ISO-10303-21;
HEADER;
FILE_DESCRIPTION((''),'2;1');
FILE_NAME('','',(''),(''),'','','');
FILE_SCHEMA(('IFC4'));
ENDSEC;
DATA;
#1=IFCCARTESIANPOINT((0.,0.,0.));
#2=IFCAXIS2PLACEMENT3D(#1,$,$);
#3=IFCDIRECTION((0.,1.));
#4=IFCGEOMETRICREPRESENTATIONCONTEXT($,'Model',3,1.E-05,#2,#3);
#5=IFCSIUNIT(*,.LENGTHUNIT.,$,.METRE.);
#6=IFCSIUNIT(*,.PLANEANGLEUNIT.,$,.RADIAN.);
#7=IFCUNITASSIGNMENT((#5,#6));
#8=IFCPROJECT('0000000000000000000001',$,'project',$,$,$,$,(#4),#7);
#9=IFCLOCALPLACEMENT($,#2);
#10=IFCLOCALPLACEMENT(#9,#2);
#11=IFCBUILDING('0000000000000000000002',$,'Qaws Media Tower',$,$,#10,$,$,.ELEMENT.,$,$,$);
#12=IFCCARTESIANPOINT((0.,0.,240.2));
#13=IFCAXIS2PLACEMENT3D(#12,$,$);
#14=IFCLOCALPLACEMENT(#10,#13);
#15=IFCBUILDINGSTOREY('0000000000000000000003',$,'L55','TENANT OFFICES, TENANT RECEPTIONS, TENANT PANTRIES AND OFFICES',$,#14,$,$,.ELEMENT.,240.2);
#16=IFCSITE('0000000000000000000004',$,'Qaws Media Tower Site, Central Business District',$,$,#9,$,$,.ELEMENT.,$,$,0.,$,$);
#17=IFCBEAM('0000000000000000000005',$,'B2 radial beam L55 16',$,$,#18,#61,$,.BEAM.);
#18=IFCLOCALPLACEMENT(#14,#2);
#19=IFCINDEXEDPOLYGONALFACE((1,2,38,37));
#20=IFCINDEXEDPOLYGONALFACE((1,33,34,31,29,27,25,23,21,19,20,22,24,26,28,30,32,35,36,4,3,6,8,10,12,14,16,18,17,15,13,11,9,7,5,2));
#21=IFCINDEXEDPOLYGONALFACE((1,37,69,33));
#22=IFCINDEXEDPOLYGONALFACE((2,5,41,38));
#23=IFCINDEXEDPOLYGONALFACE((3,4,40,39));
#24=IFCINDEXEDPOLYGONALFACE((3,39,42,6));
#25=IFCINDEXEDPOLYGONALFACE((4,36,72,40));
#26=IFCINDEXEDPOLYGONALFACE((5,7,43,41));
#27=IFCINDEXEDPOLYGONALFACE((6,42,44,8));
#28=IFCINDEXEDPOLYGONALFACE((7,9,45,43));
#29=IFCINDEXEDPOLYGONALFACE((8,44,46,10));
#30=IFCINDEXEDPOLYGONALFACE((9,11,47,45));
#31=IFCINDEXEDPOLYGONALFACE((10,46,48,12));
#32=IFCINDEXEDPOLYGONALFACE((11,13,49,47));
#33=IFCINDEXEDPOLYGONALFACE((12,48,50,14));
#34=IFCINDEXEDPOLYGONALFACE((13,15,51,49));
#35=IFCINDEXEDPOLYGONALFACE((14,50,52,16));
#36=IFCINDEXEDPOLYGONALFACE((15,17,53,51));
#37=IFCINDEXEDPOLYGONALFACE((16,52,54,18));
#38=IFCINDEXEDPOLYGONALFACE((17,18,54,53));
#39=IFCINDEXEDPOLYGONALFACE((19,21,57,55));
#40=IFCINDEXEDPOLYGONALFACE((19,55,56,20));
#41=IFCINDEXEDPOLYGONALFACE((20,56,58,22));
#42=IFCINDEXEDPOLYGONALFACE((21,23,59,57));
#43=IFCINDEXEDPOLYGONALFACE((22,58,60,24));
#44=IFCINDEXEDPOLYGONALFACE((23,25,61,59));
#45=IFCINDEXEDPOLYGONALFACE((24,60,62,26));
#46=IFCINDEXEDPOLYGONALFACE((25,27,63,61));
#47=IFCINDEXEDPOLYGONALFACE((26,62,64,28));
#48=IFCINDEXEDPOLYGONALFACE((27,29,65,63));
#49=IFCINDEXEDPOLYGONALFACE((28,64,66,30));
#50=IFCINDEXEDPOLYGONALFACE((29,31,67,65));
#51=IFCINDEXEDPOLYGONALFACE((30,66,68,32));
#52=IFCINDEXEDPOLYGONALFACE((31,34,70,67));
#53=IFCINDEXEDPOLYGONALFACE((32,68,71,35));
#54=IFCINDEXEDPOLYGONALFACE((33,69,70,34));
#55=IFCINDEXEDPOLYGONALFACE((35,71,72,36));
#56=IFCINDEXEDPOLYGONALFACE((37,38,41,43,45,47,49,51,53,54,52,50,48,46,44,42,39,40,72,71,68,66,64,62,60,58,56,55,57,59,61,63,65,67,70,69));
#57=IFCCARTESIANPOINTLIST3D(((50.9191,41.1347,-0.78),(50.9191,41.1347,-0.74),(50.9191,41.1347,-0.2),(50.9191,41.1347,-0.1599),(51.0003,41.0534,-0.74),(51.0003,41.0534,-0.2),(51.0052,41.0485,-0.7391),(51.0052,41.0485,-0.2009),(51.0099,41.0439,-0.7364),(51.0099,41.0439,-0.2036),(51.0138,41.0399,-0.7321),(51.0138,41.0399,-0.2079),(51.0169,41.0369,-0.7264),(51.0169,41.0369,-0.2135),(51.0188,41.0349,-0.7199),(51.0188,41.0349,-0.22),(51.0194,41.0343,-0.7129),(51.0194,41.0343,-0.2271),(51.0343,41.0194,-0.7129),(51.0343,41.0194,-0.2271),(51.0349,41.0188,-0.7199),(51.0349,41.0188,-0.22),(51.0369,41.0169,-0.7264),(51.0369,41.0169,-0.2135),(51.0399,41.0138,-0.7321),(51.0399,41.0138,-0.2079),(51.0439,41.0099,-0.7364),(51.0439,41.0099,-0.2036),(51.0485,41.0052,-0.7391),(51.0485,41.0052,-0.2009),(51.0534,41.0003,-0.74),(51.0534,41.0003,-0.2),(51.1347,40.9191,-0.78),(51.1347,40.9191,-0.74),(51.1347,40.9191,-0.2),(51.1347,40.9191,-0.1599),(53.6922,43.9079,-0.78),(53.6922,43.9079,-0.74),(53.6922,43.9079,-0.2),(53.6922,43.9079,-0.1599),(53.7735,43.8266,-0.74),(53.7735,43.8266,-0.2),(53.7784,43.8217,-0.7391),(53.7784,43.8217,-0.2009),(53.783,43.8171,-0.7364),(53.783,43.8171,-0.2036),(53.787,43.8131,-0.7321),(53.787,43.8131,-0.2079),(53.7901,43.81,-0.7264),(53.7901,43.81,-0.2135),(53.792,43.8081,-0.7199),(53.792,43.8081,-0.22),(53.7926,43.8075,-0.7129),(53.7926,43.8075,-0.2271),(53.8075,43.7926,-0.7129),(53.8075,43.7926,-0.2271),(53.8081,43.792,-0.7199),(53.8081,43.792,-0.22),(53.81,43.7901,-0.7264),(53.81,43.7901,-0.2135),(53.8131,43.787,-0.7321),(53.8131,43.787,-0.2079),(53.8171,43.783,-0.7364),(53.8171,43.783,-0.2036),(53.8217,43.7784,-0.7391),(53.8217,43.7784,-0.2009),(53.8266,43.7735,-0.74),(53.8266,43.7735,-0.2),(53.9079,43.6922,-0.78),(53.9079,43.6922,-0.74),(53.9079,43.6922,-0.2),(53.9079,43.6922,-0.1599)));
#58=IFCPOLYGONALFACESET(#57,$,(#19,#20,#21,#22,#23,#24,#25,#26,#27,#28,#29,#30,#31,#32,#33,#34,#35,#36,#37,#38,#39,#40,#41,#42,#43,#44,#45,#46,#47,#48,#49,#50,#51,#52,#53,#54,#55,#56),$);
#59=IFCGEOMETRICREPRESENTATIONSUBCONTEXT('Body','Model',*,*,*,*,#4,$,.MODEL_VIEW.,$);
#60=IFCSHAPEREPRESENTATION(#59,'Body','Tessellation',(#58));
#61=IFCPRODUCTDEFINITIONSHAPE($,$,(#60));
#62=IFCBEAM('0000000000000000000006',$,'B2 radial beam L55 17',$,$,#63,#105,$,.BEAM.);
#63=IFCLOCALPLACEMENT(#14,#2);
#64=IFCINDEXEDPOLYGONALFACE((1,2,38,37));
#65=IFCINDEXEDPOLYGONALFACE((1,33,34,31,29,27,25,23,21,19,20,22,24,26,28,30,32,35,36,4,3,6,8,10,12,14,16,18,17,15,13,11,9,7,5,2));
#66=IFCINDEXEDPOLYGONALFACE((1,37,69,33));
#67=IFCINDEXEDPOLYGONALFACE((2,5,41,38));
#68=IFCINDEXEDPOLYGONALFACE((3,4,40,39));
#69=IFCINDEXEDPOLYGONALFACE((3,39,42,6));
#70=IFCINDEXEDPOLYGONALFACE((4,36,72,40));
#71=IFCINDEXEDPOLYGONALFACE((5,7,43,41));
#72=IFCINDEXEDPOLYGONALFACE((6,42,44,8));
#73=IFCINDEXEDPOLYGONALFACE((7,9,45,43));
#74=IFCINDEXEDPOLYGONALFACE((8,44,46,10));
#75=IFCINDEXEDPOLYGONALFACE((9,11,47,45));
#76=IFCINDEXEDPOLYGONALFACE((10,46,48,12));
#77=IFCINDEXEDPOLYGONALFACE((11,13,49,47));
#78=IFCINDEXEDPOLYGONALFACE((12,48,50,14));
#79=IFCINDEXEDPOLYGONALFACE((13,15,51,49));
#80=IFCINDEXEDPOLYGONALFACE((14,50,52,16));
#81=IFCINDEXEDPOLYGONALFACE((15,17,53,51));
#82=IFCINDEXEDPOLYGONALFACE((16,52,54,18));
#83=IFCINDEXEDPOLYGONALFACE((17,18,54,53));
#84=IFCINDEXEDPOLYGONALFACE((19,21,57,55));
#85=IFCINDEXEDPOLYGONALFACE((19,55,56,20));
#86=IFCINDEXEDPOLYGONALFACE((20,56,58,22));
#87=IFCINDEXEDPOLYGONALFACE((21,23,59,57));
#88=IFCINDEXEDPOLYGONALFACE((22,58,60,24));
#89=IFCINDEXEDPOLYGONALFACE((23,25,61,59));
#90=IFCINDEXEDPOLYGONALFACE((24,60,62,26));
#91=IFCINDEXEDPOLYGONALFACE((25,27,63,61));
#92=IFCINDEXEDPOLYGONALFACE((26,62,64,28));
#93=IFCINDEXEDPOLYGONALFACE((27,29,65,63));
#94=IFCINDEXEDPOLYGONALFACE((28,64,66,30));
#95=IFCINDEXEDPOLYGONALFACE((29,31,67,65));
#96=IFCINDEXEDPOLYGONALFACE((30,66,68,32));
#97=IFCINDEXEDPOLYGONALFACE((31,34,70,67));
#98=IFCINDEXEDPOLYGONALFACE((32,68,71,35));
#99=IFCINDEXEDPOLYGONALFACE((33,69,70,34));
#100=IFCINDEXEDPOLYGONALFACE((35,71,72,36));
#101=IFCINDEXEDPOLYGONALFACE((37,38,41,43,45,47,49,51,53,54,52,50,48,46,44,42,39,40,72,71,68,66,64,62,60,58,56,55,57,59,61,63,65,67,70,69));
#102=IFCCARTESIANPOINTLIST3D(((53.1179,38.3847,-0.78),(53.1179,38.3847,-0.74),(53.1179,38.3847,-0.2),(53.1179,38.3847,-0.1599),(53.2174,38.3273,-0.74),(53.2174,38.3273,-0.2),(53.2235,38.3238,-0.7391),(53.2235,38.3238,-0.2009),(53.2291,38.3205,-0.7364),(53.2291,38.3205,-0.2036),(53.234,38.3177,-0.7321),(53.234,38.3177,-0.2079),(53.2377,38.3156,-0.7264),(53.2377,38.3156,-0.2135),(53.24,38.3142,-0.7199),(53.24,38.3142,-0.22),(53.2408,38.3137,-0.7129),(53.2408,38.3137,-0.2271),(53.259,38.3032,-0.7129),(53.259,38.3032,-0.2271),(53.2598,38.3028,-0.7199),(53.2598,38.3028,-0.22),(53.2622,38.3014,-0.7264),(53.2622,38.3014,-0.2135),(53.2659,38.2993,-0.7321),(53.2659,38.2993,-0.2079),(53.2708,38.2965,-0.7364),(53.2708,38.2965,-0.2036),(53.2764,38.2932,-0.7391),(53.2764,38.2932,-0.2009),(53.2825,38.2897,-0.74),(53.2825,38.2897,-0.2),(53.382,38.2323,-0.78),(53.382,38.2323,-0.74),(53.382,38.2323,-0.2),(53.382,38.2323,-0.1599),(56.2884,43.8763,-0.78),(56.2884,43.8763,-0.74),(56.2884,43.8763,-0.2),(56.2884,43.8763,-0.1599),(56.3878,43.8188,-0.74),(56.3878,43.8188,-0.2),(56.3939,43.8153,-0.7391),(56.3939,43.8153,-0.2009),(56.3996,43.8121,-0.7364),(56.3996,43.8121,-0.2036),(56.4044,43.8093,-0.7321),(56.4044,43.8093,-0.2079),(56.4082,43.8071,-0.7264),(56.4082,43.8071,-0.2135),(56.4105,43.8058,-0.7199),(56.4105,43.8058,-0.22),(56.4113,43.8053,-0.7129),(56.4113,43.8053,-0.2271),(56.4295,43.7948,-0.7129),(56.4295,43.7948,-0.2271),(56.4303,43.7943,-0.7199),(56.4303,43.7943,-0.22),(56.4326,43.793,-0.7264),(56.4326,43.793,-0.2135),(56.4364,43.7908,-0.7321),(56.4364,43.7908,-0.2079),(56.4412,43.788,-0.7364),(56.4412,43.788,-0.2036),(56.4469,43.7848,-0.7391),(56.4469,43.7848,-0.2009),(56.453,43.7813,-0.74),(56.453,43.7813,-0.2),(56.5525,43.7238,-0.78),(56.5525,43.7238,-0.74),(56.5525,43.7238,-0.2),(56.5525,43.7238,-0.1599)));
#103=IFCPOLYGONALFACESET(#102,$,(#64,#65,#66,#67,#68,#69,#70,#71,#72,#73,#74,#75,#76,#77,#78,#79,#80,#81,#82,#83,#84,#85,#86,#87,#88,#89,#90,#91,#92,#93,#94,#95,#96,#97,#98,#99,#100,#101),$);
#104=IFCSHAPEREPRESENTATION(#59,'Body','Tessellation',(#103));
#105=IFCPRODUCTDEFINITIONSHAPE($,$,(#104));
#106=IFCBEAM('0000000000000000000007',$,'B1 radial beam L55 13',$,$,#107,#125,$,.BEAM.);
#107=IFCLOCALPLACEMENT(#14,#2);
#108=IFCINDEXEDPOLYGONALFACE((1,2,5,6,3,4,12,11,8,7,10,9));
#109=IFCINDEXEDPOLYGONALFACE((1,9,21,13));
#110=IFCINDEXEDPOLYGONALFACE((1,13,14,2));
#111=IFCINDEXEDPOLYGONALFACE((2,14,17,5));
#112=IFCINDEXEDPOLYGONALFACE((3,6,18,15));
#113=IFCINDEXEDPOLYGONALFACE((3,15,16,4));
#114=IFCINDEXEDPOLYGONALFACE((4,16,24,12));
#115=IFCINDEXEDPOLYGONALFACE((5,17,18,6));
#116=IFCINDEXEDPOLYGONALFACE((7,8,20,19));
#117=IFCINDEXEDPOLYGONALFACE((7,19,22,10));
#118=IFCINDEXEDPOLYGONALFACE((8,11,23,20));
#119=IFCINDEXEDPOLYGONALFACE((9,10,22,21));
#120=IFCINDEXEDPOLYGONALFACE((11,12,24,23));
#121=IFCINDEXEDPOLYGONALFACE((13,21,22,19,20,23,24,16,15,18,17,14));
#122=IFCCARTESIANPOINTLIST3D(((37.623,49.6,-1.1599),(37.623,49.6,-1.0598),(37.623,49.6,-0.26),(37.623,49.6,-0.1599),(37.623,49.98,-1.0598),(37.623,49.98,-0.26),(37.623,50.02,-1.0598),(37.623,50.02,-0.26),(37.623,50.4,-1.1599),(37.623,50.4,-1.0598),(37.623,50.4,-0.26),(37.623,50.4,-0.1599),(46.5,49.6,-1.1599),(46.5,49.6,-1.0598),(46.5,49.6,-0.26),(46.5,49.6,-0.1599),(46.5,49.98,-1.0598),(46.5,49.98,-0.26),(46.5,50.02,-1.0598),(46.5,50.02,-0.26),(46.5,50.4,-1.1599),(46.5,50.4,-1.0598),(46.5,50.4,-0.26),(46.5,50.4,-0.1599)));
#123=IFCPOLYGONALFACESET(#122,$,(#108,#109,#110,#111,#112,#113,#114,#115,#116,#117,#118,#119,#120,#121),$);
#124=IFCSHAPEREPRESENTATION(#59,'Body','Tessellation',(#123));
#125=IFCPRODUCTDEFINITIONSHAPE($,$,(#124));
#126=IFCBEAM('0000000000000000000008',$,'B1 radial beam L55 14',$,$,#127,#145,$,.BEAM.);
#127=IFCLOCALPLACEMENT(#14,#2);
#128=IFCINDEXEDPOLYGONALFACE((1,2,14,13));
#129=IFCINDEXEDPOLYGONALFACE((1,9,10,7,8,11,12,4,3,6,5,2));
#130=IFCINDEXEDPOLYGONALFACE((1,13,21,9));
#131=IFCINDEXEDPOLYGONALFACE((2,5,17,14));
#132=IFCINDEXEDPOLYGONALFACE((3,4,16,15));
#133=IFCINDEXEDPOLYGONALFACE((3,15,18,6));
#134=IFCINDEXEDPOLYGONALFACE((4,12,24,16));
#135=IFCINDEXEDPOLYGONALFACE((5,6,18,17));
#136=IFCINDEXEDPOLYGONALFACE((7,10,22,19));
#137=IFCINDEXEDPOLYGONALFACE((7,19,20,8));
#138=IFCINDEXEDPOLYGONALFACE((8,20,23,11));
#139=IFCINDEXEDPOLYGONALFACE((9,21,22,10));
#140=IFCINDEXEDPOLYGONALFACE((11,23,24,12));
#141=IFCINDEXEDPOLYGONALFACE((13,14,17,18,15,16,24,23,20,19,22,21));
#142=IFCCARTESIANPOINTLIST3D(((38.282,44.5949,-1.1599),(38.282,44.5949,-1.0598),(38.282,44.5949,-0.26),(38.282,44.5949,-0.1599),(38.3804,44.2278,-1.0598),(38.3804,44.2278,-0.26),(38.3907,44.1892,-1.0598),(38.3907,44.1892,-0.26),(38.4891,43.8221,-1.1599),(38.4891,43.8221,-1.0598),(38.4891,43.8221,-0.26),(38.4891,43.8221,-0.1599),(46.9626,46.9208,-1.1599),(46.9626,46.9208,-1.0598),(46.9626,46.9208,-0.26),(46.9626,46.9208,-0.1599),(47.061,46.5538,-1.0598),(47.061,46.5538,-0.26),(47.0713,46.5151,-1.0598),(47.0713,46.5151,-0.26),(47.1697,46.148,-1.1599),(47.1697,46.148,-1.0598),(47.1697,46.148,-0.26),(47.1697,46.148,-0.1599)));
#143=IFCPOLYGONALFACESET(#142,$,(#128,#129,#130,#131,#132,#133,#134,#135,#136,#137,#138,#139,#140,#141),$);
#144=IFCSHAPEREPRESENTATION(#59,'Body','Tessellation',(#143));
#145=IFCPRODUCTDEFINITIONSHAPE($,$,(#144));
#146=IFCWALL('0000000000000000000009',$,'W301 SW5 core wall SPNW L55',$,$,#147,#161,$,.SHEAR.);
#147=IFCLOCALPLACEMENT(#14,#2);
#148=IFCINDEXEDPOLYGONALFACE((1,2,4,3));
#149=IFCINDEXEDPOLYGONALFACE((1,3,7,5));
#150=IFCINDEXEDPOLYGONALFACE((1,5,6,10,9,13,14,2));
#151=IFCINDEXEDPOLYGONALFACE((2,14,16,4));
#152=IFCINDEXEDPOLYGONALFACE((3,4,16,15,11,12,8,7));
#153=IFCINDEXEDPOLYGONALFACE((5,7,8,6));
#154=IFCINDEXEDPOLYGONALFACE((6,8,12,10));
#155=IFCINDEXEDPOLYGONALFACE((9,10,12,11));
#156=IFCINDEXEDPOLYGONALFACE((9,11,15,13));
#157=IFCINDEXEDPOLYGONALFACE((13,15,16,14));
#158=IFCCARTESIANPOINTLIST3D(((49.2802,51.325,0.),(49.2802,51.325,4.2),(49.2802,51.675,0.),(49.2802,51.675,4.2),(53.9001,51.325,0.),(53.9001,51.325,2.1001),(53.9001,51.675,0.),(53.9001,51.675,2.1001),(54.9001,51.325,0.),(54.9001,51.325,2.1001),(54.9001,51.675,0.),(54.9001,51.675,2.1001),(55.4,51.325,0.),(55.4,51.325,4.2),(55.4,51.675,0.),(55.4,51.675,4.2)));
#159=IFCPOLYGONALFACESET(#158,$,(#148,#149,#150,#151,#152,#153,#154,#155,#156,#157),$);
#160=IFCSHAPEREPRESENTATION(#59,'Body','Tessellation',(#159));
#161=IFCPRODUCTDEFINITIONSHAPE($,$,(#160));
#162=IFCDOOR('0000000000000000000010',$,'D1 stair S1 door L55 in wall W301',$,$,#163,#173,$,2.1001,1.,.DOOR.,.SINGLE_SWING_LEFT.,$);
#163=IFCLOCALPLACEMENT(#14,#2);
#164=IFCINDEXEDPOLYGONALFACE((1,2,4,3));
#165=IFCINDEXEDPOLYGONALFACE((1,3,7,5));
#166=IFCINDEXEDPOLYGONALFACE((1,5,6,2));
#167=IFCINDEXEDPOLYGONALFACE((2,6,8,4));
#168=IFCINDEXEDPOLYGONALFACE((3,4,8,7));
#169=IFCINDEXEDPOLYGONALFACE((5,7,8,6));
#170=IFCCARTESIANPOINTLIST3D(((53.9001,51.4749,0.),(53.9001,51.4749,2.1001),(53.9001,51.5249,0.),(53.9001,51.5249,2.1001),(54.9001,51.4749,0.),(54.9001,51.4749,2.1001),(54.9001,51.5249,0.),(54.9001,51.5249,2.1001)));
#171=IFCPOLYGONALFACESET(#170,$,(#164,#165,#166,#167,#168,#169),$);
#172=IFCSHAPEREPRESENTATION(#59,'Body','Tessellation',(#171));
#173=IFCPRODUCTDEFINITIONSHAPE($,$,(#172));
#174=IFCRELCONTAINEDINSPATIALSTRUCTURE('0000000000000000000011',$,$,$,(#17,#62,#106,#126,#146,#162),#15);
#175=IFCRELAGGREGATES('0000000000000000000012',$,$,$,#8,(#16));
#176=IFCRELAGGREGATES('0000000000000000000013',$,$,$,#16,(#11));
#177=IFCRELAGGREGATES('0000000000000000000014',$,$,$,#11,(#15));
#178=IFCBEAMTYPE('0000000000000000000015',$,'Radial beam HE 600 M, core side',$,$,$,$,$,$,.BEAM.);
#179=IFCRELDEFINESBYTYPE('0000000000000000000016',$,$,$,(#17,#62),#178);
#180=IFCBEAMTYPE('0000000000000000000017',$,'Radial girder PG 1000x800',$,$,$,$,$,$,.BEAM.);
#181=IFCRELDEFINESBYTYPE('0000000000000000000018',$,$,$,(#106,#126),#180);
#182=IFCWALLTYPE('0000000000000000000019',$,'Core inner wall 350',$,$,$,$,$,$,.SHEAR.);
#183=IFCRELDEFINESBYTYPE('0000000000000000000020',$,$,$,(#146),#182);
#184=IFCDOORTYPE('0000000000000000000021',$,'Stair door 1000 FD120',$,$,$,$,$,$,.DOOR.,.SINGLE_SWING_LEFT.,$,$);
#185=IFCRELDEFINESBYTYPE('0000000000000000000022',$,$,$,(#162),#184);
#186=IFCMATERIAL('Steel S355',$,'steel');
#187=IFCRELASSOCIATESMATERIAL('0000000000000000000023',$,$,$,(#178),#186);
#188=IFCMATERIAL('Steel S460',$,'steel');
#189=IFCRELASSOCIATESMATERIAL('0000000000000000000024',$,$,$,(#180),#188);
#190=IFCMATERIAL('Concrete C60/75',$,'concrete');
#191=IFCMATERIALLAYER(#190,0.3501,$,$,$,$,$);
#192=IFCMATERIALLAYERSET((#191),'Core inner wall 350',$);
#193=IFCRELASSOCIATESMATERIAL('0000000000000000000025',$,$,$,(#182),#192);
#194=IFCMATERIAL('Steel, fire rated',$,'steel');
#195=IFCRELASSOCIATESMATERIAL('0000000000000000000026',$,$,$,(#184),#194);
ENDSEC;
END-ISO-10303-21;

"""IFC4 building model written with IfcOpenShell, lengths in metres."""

from ifc_helpers import new_model, si_unit, direction, frame, frame_2d, origin, origin_2d, place, context, subcontext, project, spatial, rectangle, i_section, extrude, material, layer, layer_set, material_profile, profile_set, type_object, element, fill, save


model = new_model("IFC4")

# Units and contexts
model_context = context("Model", 3, precision=1e-05, world=origin(), true_north=direction((0.0, 1.0)))
body_context = subcontext(model_context, "Body", "Model", "MODEL_VIEW")
ifc_project = project(units=[si_unit("LENGTHUNIT", "METRE"), si_unit("PLANEANGLEUNIT", "RADIAN")], contexts=[model_context])

# Site, building, storey
site_placement = place(None, origin())
site = spatial("IfcSite", under=ifc_project, at=site_placement, Name="Qaws Media Tower Site, Central Business District", CompositionType="ELEMENT", RefElevation=0.0)
building_placement = place(site_placement, origin())
building = spatial("IfcBuilding", under=site, at=building_placement, Name="Qaws Media Tower", CompositionType="ELEMENT")
storey_placement = place(building_placement, frame((0.0, 0.0, 240.2)))
storey = spatial("IfcBuildingStorey", under=building, at=storey_placement, Name="L55", Description="TENANT OFFICES, TENANT RECEPTIONS, TENANT PANTRIES AND OFFICES", CompositionType="ELEMENT", Elevation=240.2)

# Beams
ifc_material_1 = material(Name="Steel S355", Category="steel")
ifc_material_profile_1 = material_profile(ifc_material_1, i_section(OverallWidth=0.3049, OverallDepth=0.6201, WebThickness=0.021, FlangeThickness=0.04, FilletRadius=0.0271, at=origin_2d()), Name="HE 600 M")
ifc_profile_set_1 = profile_set([ifc_material_profile_1], Name="Steel S355")
beam_type_1 = type_object("IfcBeamType", Name="Radial beam HE 600 M, core side", PredefinedType="BEAM", material=ifc_profile_set_1)
beam_1_placement = place(storey_placement, frame((53.8, 43.8, -0.47), z_axis=(-0.707107, -0.707107, 0.0), x_axis=(0.707107, -0.707107, 0.0)))
element("IfcBeam", 1, at=beam_1_placement, inside=storey, type_object=beam_type_1, Name="B2 radial beam L55 16", PredefinedType="BEAM", context=body_context, shape_type="SweptSolid", body=[
    extrude(i_section(OverallWidth=0.3049, OverallDepth=0.6201, WebThickness=0.021, FlangeThickness=0.04, FilletRadius=0.0271, at=origin_2d()), origin(), (0.0, 0.0, 1.0), 3.9219),
])
beam_2_placement = place(storey_placement, frame((56.4204, 43.8, -0.47), z_axis=(-0.49999, -0.866031, 0.0), x_axis=(0.866031, -0.49999, 0.0)))
element("IfcBeam", 2, at=beam_2_placement, inside=storey, type_object=beam_type_1, Name="B2 radial beam L55 17", PredefinedType="BEAM", context=body_context, shape_type="SweptSolid", body=[
    extrude(i_section(OverallWidth=0.3049, OverallDepth=0.6201, WebThickness=0.021, FlangeThickness=0.04, FilletRadius=0.0271, at=origin_2d()), origin(), (0.0, 0.0, 1.0), 6.3411),
])
ifc_material_2 = material(Name="Steel S460", Category="steel")
ifc_material_profile_2 = material_profile(ifc_material_2, i_section(OverallWidth=0.8, OverallDepth=1.0, WebThickness=0.04, FlangeThickness=0.1001, at=origin_2d()), Name="PG 1000x800")
ifc_profile_set_2 = profile_set([ifc_material_profile_2], Name="Steel S460")
beam_type_2 = type_object("IfcBeamType", Name="Radial girder PG 1000x800", PredefinedType="BEAM", material=ifc_profile_set_2)
beam_3_placement = place(storey_placement, frame((46.5, 50.0, -0.6599), z_axis=(-1.0, 0.0, 0.0), x_axis=(0.0, -1.0, 0.0)))
element("IfcBeam", 3, at=beam_3_placement, inside=storey, type_object=beam_type_2, Name="B1 radial beam L55 13", PredefinedType="BEAM", context=body_context, shape_type="SweptSolid", body=[
    extrude(i_section(OverallWidth=0.8, OverallDepth=1.0, WebThickness=0.04, FlangeThickness=0.1001, at=origin_2d()), origin(), (0.0, 0.0, 1.0), 8.877),
])
beam_4_placement = place(storey_placement, frame((47.0662, 46.5344, -0.6599), z_axis=(-0.965927, -0.258814, 0.0), x_axis=(0.258814, -0.965927, 0.0)))
element("IfcBeam", 4, at=beam_4_placement, inside=storey, type_object=beam_type_2, Name="B1 radial beam L55 14", PredefinedType="BEAM", context=body_context, shape_type="SweptSolid", body=[
    extrude(i_section(OverallWidth=0.8, OverallDepth=1.0, WebThickness=0.04, FlangeThickness=0.1001, at=origin_2d()), origin(), (0.0, 0.0, 1.0), 8.9868),
])

# Wall, opening, door
ifc_material_3 = material(Name="Concrete C60/75", Category="concrete")
ifc_layer_1 = layer(ifc_material_3, 0.3501)
ifc_layer_set_1 = layer_set([ifc_layer_1], Name="Core inner wall 350")
wall_type_1 = type_object("IfcWallType", Name="Core inner wall 350", PredefinedType="SHEAR", material=ifc_layer_set_1)
wall_1_placement = place(storey_placement, frame((49.28, 51.5, 0.0), z_axis=(0.0, 0.0, 1.0), x_axis=(1.0, 0.0, 0.0)))
wall_1 = element("IfcWall", 5, at=wall_1_placement, inside=storey, type_object=wall_type_1, Name="W301 SW5 core wall SPNW L55", PredefinedType="SHEAR", context=body_context, shape_type="SweptSolid", body=[
    extrude(rectangle(XDim=6.1199, YDim=0.3501, at=frame_2d((3.0601, 0.0))), origin(), (0.0, 0.0, 1.0), 4.2),
])
opening_1_placement = place(wall_1_placement, frame((4.6201, 0.0, 0.0)))
opening_1 = element("IfcOpeningElement", 6, at=opening_1_placement, cuts=wall_1, PredefinedType="OPENING", context=body_context, shape_type="SweptSolid", body=[
    extrude(rectangle(XDim=1.0, YDim=2.1001, at=frame_2d((0.5, 1.05))), frame((0.0, 0.1851, 0.0), z_axis=(0.0, -1.0, 0.0), x_axis=(1.0, 0.0, 0.0)), (0.0, 0.0, 1.0), 0.3701),
])
ifc_material_4 = material(Name="Steel, fire rated", Category="steel")
door_type_1 = type_object("IfcDoorType", Name="Stair door 1000 FD120", OperationType="SINGLE_SWING_LEFT", PredefinedType="DOOR", material=ifc_material_4)
door_1_placement = place(opening_1_placement, origin())
door_1 = element("IfcDoor", 7, at=door_1_placement, inside=storey, type_object=door_type_1, Name="D1 stair S1 door L55 in wall W301", OperationType="SINGLE_SWING_LEFT", OverallHeight=2.1001, OverallWidth=1.0, PredefinedType="DOOR", context=body_context, shape_type="SweptSolid", body=[
    extrude(rectangle(XDim=1.0, YDim=2.1001, at=frame_2d((0.5, 1.05))), frame((0.0, 0.0249, 0.0), z_axis=(0.0, -1.0, 0.0), x_axis=(1.0, 0.0, 0.0)), (0.0, 0.0, 1.0), 0.05),
])
fill(opening_1, door_1)

save(model, "model.ifc")
